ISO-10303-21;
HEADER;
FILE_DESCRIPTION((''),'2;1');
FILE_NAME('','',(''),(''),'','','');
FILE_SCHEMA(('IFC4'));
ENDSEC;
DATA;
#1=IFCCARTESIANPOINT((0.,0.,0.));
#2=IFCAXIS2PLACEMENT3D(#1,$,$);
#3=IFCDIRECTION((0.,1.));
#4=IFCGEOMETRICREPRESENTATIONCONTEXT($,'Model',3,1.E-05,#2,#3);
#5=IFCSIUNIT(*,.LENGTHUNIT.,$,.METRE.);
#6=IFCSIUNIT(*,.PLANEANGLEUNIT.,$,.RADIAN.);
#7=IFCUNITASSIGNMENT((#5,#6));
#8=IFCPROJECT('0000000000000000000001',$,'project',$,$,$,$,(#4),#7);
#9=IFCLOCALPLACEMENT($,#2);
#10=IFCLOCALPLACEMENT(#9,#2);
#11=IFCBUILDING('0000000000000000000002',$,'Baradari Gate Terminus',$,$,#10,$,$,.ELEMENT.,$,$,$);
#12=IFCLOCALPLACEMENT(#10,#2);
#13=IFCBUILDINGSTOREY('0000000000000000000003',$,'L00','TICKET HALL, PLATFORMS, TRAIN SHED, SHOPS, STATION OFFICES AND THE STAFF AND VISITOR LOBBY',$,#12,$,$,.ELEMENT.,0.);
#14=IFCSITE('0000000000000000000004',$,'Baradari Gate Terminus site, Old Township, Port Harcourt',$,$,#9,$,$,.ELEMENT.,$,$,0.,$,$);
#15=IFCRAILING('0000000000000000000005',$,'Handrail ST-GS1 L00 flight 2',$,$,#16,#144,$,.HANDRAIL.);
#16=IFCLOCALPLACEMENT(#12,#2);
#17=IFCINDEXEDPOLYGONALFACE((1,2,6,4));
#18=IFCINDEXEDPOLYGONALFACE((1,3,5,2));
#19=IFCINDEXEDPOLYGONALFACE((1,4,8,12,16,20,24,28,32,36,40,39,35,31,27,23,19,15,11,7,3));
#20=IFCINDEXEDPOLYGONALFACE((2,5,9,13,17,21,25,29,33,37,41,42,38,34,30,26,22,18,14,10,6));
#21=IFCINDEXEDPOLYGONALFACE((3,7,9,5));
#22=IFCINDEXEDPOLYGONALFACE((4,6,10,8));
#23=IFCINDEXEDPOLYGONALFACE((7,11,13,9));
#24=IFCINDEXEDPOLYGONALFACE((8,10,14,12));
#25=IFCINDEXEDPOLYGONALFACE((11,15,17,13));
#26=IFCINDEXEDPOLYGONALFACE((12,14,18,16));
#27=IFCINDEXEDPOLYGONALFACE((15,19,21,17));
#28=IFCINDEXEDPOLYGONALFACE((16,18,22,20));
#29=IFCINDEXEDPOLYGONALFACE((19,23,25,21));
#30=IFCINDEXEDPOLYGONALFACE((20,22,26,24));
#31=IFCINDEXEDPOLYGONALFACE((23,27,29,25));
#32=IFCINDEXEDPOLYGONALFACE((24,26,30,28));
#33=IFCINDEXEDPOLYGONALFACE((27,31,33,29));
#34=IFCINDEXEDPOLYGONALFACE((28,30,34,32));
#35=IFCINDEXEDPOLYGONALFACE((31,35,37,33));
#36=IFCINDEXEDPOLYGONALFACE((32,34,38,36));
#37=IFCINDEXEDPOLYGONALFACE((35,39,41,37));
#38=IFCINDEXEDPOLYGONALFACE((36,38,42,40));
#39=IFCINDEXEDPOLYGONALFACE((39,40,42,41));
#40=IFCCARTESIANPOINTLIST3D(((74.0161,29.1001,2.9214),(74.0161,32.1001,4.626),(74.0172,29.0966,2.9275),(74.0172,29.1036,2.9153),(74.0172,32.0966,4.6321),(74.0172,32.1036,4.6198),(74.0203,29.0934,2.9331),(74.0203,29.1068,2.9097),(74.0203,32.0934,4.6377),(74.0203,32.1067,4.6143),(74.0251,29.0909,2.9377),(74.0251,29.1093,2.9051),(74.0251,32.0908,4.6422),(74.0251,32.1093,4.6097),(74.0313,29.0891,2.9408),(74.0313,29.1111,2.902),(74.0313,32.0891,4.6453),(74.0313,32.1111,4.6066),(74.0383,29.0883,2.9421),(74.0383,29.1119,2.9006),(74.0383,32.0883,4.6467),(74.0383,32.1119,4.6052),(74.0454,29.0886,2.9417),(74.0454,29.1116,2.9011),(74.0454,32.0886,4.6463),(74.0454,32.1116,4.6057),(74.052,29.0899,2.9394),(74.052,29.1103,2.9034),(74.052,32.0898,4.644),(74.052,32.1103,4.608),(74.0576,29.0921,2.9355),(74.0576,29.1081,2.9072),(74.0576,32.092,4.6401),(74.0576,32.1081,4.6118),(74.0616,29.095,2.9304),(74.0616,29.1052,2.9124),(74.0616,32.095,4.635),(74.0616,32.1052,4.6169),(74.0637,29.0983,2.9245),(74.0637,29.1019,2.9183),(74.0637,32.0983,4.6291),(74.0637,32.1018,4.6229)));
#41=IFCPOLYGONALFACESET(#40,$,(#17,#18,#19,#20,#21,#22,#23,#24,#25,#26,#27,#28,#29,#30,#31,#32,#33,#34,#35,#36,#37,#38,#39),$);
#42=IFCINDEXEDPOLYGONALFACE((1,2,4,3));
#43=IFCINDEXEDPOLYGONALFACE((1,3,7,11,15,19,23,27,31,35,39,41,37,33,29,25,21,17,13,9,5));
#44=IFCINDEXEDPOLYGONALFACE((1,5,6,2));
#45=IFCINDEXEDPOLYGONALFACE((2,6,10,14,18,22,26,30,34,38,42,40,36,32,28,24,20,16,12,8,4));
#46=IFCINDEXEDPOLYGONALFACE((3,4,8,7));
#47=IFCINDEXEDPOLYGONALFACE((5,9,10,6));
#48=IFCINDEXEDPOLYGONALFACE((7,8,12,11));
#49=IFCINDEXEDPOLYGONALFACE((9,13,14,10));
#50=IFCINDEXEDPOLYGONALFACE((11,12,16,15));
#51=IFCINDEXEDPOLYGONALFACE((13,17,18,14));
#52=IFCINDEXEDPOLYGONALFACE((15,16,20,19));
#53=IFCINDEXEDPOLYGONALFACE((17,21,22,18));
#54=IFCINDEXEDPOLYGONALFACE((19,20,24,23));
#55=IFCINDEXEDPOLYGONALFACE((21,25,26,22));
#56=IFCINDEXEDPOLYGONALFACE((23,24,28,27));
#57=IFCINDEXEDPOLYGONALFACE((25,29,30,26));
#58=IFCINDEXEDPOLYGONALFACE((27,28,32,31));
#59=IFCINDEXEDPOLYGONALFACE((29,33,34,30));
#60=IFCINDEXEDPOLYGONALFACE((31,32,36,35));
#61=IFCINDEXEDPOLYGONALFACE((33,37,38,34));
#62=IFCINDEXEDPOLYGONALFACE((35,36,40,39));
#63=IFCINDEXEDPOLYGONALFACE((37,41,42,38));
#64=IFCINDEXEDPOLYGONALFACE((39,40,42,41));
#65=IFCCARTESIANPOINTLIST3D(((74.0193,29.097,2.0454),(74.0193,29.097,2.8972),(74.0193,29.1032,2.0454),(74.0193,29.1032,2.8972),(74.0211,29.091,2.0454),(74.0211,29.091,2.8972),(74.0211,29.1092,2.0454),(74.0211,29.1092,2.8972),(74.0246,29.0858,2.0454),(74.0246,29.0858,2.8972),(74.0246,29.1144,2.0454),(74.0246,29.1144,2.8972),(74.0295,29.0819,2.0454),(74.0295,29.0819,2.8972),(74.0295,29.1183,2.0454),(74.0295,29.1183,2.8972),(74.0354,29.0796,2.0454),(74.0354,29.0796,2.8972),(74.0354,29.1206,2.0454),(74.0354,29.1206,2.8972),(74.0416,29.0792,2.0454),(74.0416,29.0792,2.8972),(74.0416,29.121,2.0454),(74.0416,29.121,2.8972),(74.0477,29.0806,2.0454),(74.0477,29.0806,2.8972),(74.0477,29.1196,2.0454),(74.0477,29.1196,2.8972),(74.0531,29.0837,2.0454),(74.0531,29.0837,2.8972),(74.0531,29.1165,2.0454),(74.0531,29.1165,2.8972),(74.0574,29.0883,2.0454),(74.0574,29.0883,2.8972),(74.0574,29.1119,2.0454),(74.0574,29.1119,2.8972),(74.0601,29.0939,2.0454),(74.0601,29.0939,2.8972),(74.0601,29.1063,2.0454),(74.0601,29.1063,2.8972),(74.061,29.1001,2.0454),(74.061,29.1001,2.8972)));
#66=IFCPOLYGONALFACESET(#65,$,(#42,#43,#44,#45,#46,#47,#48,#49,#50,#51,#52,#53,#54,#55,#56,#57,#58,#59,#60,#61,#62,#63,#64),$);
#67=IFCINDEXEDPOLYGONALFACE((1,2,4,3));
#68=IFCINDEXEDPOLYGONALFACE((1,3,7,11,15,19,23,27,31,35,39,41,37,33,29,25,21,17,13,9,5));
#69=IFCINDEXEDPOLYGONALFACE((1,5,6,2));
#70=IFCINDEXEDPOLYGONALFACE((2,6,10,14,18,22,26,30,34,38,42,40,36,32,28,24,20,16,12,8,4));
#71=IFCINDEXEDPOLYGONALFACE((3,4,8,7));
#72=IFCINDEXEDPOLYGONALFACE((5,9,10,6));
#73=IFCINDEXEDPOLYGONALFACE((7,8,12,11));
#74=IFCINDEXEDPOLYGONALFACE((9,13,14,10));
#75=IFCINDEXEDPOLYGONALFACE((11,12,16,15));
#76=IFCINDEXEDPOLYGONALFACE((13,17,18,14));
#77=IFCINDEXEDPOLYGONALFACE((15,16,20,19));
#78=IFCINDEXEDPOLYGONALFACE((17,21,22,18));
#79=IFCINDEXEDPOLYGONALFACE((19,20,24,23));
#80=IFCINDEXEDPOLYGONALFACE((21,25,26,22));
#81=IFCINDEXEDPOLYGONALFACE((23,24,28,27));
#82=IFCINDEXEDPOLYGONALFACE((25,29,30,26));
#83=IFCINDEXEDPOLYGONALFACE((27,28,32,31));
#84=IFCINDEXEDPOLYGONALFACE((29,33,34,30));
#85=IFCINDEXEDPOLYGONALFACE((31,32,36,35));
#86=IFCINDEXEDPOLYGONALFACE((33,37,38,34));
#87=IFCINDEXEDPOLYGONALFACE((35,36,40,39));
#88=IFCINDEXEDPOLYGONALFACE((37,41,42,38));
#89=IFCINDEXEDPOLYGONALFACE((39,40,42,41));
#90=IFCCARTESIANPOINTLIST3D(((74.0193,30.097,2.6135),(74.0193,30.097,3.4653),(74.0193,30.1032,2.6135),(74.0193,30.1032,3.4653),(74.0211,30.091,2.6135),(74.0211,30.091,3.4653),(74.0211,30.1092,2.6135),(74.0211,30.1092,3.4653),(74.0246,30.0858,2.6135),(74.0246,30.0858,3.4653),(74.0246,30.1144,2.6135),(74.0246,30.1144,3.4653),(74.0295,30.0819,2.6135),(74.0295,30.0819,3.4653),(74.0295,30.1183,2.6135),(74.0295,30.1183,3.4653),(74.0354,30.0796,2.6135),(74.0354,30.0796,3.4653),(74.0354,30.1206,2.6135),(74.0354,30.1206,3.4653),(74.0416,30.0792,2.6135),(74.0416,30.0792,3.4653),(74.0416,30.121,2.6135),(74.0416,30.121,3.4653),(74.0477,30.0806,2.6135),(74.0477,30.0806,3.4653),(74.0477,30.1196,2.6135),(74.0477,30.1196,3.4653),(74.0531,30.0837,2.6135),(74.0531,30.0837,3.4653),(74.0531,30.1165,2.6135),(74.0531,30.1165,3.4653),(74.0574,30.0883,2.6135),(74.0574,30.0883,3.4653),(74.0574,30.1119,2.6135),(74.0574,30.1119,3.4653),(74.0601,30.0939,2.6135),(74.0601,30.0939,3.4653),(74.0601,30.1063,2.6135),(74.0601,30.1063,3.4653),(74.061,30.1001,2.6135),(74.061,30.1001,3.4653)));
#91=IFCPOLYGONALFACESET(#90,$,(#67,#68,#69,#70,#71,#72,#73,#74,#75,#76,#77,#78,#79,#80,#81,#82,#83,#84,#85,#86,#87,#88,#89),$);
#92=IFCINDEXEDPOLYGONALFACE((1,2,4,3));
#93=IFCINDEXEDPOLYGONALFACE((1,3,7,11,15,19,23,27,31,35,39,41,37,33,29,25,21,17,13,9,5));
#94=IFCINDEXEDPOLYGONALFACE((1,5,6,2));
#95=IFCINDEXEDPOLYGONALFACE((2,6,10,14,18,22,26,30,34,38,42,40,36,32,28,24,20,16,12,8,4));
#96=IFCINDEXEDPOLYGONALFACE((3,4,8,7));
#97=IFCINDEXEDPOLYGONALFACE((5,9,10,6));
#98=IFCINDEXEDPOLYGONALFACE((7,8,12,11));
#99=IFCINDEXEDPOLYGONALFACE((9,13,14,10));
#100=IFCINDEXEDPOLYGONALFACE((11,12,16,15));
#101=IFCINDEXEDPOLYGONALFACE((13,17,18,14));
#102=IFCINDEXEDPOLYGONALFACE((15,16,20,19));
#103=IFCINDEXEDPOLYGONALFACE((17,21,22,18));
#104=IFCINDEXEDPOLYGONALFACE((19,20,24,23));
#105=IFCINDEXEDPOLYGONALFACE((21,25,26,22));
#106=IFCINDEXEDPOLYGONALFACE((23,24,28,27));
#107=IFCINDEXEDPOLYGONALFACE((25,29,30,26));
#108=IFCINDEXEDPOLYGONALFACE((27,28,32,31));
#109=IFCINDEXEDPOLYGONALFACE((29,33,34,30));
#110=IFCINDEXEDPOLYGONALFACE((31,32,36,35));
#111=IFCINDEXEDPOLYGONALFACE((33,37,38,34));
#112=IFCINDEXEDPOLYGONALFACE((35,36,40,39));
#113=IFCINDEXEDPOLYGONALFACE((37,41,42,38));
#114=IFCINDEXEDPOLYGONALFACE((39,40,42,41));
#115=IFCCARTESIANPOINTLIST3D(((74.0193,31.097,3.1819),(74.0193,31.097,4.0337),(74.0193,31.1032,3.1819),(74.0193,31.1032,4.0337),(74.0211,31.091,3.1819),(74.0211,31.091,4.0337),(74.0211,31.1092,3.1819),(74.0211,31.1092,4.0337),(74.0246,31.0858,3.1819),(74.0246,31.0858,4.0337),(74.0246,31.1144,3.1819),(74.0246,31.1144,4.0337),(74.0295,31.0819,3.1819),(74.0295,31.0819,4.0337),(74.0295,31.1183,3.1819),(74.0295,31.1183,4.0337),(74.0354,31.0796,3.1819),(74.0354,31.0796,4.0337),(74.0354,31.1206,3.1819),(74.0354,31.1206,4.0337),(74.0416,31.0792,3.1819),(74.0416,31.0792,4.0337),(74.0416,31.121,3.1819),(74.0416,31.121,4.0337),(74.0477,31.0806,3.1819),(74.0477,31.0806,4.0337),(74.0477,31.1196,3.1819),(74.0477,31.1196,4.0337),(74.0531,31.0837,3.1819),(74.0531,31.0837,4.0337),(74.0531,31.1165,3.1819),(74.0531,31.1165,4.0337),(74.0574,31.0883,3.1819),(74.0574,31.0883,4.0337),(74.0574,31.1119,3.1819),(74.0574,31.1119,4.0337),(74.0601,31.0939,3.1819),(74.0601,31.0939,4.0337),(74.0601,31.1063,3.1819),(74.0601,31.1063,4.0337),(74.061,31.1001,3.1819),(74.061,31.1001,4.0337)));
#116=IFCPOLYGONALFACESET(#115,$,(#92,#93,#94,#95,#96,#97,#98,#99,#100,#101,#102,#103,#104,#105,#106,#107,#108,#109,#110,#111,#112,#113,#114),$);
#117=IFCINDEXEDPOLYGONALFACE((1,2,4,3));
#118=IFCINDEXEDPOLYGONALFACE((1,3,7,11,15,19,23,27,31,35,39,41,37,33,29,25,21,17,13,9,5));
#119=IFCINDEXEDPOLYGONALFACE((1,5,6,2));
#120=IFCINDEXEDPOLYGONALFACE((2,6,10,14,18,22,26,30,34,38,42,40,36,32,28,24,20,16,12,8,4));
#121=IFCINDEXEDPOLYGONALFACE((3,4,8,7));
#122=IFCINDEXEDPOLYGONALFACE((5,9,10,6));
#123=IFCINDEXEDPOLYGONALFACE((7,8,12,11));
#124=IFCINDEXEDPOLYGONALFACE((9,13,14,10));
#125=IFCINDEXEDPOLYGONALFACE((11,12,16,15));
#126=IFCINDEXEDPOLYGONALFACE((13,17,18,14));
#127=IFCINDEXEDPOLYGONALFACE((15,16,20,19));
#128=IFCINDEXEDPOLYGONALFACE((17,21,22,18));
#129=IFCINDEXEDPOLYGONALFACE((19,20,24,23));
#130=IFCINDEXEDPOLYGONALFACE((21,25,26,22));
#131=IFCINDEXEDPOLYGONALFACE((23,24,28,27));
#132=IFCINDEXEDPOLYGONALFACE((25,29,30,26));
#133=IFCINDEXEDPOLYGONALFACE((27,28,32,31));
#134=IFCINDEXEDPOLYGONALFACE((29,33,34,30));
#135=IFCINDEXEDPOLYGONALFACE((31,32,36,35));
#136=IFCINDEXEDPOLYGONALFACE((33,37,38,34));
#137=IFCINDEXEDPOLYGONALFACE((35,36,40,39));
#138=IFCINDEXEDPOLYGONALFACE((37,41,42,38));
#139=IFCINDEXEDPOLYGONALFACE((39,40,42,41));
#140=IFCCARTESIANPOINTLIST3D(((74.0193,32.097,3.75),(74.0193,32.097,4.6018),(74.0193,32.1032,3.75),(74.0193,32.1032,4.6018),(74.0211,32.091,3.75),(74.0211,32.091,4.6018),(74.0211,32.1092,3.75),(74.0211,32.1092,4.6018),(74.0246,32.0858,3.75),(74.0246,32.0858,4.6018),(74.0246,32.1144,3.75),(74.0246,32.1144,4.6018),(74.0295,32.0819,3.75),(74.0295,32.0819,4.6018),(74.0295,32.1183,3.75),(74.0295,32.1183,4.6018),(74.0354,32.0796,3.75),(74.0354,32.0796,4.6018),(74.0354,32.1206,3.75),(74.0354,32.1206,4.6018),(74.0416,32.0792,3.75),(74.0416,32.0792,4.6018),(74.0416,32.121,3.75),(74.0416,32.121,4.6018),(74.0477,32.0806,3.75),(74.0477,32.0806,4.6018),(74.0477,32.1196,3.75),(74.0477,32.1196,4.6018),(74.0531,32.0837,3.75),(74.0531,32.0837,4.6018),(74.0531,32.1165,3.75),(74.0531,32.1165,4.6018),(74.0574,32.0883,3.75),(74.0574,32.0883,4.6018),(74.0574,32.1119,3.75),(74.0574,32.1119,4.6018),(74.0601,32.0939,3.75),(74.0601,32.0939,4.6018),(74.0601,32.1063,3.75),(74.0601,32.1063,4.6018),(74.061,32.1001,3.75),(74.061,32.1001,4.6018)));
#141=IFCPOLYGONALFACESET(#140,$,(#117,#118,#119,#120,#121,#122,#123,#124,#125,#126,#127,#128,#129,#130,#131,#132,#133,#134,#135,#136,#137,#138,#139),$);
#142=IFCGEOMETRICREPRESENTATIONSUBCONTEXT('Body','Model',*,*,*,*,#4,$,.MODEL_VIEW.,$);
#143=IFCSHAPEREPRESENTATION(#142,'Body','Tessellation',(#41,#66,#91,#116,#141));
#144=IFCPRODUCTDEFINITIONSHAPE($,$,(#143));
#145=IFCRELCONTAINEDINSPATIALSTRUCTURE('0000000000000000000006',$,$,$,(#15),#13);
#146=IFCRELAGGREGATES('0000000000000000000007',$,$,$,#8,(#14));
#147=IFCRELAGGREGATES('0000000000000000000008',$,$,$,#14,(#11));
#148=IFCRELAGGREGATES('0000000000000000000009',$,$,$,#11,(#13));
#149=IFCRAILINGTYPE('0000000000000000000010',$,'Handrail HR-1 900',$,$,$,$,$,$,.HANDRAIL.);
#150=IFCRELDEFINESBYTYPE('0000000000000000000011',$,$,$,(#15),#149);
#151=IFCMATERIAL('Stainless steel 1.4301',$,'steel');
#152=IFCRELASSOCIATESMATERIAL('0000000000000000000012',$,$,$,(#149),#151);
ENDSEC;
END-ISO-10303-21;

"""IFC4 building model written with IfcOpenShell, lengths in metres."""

from ifc_helpers import new_model, si_unit, direction, frame, origin, origin_2d, place, context, subcontext, project, spatial, circle, extrude, material, type_object, element, save


model = new_model("IFC4")

# Units and contexts
model_context = context("Model", 3, precision=1e-05, world=origin(), true_north=direction((0.0, 1.0)))
body_context = subcontext(model_context, "Body", "Model", "MODEL_VIEW")
ifc_project = project(units=[si_unit("LENGTHUNIT", "METRE"), si_unit("PLANEANGLEUNIT", "RADIAN")], contexts=[model_context])

# Site, building, storey
site_placement = place(None, origin())
site = spatial("IfcSite", under=ifc_project, at=site_placement, Name="Baradari Gate Terminus site, Old Township, Port Harcourt", CompositionType="ELEMENT", RefElevation=0.0)
building_placement = place(site_placement, origin())
building = spatial("IfcBuilding", under=site, at=building_placement, Name="Baradari Gate Terminus", CompositionType="ELEMENT")
storey_placement = place(building_placement, origin())
storey = spatial("IfcBuildingStorey", under=building, at=storey_placement, Name="L00", Description="TICKET HALL, PLATFORMS, TRAIN SHED, SHOPS, STATION OFFICES AND THE STAFF AND VISITOR LOBBY", CompositionType="ELEMENT", Elevation=0.0)

# Railing
ifc_material_1 = material(Name="Stainless steel 1.4301", Category="steel")
railing_type = type_object("IfcRailingType", Name="Handrail HR-1 900", PredefinedType="HANDRAIL", material=ifc_material_1)
for number, where, name in (
    (1, (74.04, 29.1001, 2.0454), "Handrail ST-GS1 L00 flight 2"),
):
    element("IfcRailing", number, at=place(storey_placement, frame(where)), inside=storey, type_object=railing_type, Name=name, PredefinedType="HANDRAIL", context=body_context, shape_type="SweptSolid", body=[
        extrude(circle(Radius=0.0239, at=origin_2d()), frame((0.0, 0.0, 0.876), z_axis=(0.0, 0.869451, 0.494019), x_axis=(-1.0, 0.0, 0.0)), (0.0, 0.0, 1.0), 3.4504),
        extrude(circle(Radius=0.021, at=origin_2d()), origin(), (0.0, 0.0, 1.0), 0.8518),
        extrude(circle(Radius=0.021, at=origin_2d()), frame((0.0, 1.0, 0.5681)), (0.0, 0.0, 1.0), 0.8518),
        extrude(circle(Radius=0.021, at=origin_2d()), frame((0.0, 2.0, 1.1365)), (0.0, 0.0, 1.0), 0.8518),
        extrude(circle(Radius=0.021, at=origin_2d()), frame((0.0, 3.0, 1.7046)), (0.0, 0.0, 1.0), 0.8518),
    ])

save(model, "model.ifc")
